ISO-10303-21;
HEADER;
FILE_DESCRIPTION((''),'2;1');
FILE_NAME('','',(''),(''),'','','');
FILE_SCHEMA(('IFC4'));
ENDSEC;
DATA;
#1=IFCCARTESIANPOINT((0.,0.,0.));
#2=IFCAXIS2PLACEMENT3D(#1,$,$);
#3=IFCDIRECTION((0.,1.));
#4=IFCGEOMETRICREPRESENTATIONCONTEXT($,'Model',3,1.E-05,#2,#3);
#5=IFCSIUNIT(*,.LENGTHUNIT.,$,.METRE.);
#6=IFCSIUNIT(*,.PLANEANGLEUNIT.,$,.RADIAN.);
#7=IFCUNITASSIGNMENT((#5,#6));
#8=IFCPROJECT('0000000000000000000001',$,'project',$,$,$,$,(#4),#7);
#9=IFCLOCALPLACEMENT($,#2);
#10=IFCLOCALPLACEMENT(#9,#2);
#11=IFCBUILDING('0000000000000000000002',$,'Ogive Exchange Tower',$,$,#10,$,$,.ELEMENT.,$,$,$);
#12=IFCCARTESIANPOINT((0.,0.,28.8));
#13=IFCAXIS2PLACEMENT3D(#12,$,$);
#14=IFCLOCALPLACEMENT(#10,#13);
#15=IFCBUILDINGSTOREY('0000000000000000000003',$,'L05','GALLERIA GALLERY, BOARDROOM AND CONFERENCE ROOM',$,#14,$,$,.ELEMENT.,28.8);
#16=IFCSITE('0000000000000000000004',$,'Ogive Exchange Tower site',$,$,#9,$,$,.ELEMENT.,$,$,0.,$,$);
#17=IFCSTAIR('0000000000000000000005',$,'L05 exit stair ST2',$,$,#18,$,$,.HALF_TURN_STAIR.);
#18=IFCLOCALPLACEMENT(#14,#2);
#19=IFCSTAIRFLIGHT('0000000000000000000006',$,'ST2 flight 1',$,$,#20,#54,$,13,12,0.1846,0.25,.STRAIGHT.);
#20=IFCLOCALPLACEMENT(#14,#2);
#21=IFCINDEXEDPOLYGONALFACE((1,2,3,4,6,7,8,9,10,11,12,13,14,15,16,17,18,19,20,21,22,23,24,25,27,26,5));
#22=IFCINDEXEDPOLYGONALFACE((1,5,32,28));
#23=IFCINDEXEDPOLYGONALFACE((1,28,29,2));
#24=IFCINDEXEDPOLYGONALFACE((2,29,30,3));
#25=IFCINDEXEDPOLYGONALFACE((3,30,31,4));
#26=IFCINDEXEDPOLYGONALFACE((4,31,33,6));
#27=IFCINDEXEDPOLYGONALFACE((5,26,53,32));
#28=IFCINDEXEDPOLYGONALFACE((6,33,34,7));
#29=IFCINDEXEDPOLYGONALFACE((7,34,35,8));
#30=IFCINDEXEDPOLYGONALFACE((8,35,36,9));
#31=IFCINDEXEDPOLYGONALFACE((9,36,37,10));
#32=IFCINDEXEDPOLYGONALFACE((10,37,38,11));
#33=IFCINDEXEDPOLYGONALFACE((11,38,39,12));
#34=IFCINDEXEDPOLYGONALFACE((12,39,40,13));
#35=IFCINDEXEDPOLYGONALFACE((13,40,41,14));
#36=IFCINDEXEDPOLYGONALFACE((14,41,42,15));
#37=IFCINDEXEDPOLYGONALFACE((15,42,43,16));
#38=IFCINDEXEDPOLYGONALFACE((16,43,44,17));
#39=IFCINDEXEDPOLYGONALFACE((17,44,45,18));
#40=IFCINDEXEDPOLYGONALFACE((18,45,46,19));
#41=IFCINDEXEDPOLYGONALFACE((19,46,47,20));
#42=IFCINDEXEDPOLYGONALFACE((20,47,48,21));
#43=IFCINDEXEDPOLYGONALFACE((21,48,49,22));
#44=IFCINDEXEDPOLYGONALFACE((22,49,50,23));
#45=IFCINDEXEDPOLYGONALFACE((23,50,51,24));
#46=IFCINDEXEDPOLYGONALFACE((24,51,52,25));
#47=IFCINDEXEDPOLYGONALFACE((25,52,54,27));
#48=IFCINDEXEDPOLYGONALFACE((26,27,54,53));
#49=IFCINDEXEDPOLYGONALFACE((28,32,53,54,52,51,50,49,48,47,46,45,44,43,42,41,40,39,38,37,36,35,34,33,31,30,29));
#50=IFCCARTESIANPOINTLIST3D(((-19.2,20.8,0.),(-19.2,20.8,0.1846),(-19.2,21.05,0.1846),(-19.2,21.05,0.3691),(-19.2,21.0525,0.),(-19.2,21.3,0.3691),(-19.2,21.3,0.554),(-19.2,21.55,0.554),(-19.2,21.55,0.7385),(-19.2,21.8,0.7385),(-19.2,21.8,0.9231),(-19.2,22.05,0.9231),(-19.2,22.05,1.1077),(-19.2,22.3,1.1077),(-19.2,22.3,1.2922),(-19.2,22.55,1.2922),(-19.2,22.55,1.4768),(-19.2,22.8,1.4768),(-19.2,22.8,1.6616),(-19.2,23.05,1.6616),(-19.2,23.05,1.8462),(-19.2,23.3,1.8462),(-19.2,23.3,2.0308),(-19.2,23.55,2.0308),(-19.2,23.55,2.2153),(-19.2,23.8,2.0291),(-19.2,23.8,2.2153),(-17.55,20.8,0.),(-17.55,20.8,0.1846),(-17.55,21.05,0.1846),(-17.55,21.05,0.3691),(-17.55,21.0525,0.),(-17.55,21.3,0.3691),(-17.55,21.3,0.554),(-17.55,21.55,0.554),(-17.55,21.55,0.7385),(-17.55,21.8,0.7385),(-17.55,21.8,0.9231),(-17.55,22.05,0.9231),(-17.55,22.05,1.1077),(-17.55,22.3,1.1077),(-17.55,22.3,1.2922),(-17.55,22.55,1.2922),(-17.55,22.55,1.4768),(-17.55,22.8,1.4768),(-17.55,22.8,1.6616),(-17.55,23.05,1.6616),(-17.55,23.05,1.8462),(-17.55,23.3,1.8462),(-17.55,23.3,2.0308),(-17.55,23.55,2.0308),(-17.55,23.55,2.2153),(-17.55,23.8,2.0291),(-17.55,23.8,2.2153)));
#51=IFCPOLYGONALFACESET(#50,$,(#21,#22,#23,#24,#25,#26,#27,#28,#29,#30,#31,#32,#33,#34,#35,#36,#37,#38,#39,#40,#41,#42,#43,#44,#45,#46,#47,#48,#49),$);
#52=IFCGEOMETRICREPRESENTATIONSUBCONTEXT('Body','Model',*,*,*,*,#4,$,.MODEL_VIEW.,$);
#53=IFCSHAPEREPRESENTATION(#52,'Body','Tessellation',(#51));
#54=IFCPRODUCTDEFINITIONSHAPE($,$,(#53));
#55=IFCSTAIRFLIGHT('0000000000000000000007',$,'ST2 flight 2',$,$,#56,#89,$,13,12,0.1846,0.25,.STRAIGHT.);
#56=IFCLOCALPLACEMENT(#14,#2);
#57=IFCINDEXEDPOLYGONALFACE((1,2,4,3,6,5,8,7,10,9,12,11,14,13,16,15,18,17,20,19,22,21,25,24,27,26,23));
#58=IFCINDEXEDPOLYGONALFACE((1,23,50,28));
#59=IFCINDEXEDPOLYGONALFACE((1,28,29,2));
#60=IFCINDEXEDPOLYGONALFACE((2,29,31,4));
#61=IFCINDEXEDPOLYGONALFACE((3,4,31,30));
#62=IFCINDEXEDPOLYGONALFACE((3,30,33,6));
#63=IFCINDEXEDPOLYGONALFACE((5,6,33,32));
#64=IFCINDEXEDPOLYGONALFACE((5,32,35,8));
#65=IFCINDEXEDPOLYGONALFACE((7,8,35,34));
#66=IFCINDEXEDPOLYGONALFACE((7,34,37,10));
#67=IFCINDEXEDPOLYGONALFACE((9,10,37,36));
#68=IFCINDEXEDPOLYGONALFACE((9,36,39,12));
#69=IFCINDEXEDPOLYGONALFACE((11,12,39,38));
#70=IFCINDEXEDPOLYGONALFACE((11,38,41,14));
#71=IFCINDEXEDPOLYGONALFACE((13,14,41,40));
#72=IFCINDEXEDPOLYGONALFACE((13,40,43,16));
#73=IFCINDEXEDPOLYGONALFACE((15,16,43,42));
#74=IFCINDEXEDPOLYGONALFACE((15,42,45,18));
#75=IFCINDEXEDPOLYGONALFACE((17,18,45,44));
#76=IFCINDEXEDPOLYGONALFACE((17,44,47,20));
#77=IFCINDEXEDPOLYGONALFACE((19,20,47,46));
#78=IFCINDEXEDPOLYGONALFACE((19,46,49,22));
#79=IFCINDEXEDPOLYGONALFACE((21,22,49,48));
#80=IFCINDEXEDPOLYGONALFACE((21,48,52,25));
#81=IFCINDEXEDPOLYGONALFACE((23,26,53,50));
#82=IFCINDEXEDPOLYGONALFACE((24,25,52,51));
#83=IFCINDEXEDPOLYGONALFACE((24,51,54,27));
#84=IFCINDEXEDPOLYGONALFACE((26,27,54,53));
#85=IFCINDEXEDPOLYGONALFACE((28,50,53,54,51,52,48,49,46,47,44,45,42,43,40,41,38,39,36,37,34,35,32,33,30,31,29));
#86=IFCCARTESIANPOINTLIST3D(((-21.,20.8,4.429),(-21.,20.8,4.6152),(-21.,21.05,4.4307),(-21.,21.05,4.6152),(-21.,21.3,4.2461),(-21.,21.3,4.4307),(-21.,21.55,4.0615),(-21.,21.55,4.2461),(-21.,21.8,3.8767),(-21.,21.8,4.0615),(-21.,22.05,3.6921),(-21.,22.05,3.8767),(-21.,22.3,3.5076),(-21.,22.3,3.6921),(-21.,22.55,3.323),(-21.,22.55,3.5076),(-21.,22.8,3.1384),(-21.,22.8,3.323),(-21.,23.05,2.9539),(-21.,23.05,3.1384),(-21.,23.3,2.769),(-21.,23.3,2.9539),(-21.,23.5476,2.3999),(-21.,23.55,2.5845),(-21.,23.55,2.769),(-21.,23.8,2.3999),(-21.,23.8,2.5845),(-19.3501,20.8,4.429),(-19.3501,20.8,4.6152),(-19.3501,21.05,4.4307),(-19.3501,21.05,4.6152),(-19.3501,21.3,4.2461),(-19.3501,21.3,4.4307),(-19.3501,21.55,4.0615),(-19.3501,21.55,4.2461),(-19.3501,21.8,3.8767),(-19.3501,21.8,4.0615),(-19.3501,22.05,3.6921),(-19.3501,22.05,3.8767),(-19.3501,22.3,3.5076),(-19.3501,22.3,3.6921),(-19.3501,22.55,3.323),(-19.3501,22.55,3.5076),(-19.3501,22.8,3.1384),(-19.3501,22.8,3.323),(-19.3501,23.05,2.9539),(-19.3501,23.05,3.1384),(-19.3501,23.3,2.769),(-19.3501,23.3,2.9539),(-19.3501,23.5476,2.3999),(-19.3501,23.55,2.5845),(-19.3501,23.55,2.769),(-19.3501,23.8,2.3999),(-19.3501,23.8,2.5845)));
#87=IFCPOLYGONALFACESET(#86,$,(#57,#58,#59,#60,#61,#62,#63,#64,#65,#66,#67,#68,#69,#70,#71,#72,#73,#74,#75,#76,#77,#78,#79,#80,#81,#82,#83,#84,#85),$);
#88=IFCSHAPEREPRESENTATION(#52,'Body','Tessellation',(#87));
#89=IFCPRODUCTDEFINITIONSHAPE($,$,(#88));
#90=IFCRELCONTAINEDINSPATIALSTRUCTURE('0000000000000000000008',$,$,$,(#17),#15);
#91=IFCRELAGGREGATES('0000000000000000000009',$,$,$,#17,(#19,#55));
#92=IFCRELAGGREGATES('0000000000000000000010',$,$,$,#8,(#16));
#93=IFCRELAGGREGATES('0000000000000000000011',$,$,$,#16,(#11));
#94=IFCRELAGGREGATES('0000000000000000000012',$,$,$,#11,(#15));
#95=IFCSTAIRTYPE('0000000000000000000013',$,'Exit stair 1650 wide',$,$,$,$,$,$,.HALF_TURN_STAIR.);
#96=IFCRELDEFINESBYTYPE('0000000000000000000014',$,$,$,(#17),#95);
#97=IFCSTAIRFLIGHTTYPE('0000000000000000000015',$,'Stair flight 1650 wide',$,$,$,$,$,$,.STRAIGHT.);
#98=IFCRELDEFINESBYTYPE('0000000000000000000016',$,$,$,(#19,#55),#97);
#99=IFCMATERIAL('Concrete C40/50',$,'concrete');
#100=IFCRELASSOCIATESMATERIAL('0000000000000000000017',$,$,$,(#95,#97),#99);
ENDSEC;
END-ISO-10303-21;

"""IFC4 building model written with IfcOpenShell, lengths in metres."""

from ifc_helpers import new_model, si_unit, direction, frame, origin, place, context, subcontext, project, spatial, polyline, outline, extrude, material, type_object, element, aggregate, save


model = new_model("IFC4")

# Units and contexts
model_context = context("Model", 3, precision=1e-05, world=origin(), true_north=direction((0.0, 1.0)))
body_context = subcontext(model_context, "Body", "Model", "MODEL_VIEW")
ifc_project = project(units=[si_unit("LENGTHUNIT", "METRE"), si_unit("PLANEANGLEUNIT", "RADIAN")], contexts=[model_context])

# Site, building, storey
site_placement = place(None, origin())
site = spatial("IfcSite", under=ifc_project, at=site_placement, Name="Ogive Exchange Tower site", CompositionType="ELEMENT", RefElevation=0.0)
building_placement = place(site_placement, origin())
building = spatial("IfcBuilding", under=site, at=building_placement, Name="Ogive Exchange Tower", CompositionType="ELEMENT")
storey_placement = place(building_placement, frame((0.0, 0.0, 28.8)))
storey = spatial("IfcBuildingStorey", under=building, at=storey_placement, Name="L05", Description="GALLERIA GALLERY, BOARDROOM AND CONFERENCE ROOM", CompositionType="ELEMENT", Elevation=28.8)

# Stair, stair flights
ifc_material_1 = material(Name="Concrete C40/50", Category="concrete")
stair_type = type_object("IfcStairType", Name="Exit stair 1650 wide", PredefinedType="HALF_TURN_STAIR", material=ifc_material_1)
stair_placement = place(storey_placement, origin())
stair = element("IfcStair", 1, at=stair_placement, inside=storey, type_object=stair_type, Name="L05 exit stair ST2", PredefinedType="HALF_TURN_STAIR")
stair_flight_type = type_object("IfcStairFlightType", Name="Stair flight 1650 wide", PredefinedType="STRAIGHT", material=ifc_material_1)
stair_flight_1_placement = place(storey_placement, frame((-18.375, 20.8, 0.0), z_axis=(0.0, 0.0, 1.0), x_axis=(0.0, 1.0, 0.0)))
stair_flight_1 = element("IfcStairFlight", 2, at=stair_flight_1_placement, type_object=stair_flight_type, Name="ST2 flight 1", NumberOfRisers=13, NumberOfTreads=12, PredefinedType="STRAIGHT", RiserHeight=0.1846, TreadLength=0.25, context=body_context, shape_type="SweptSolid", body=[
    extrude(outline(polyline([(0.0, 0.0), (0.0, 0.1846), (0.25, 0.1846), (0.25, 0.3691), (0.5, 0.3691), (0.5, 0.554), (0.75, 0.554), (0.75, 0.7385), (1.0, 0.7385), (1.0, 0.9231), (1.25, 0.9231), (1.25, 1.1077), (1.5, 1.1077), (1.5, 1.2922), (1.75, 1.2922), (1.75, 1.4768), (2.0, 1.4768), (2.0, 1.6616), (2.25, 1.6616), (2.25, 1.8462), (2.5, 1.8462), (2.5, 2.0308), (2.75, 2.0308), (2.75, 2.2153), (3.0, 2.2153), (3.0, 2.3999), (3.0, 2.0291), (0.2524, 0.0), (0.0, 0.0)])), frame((0.0, 0.825, 0.0), z_axis=(0.0, -1.0, 0.0), x_axis=(1.0, 0.0, 0.0)), (0.0, 0.0, 1.0), 1.6499),
])
stair_flight_2_placement = place(storey_placement, frame((-20.175, 23.8, 2.3999), z_axis=(0.0, 0.0, 1.0), x_axis=(0.0, -1.0, 0.0)))
stair_flight_2 = element("IfcStairFlight", 3, at=stair_flight_2_placement, type_object=stair_flight_type, Name="ST2 flight 2", NumberOfRisers=13, NumberOfTreads=12, PredefinedType="STRAIGHT", RiserHeight=0.1846, TreadLength=0.25, context=body_context, shape_type="SweptSolid", body=[
    extrude(outline(polyline([(0.0, 0.0), (0.0, 0.1846), (0.25, 0.1846), (0.25, 0.3691), (0.5, 0.3691), (0.5, 0.554), (0.75, 0.554), (0.75, 0.7385), (1.0, 0.7385), (1.0, 0.9231), (1.25, 0.9231), (1.25, 1.1077), (1.5, 1.1077), (1.5, 1.2922), (1.75, 1.2922), (1.75, 1.4768), (2.0, 1.4768), (2.0, 1.6616), (2.25, 1.6616), (2.25, 1.8462), (2.5, 1.8462), (2.5, 2.0308), (2.75, 2.0308), (2.75, 2.2153), (3.0, 2.2153), (3.0, 2.3999), (3.0, 2.0291), (0.2524, 0.0), (0.0, 0.0)])), frame((0.0, 0.825, 0.0), z_axis=(0.0, -1.0, 0.0), x_axis=(1.0, 0.0, 0.0)), (0.0, 0.0, 1.0), 1.6499),
])
aggregate(stair, [stair_flight_1, stair_flight_2])

save(model, "model.ifc")
